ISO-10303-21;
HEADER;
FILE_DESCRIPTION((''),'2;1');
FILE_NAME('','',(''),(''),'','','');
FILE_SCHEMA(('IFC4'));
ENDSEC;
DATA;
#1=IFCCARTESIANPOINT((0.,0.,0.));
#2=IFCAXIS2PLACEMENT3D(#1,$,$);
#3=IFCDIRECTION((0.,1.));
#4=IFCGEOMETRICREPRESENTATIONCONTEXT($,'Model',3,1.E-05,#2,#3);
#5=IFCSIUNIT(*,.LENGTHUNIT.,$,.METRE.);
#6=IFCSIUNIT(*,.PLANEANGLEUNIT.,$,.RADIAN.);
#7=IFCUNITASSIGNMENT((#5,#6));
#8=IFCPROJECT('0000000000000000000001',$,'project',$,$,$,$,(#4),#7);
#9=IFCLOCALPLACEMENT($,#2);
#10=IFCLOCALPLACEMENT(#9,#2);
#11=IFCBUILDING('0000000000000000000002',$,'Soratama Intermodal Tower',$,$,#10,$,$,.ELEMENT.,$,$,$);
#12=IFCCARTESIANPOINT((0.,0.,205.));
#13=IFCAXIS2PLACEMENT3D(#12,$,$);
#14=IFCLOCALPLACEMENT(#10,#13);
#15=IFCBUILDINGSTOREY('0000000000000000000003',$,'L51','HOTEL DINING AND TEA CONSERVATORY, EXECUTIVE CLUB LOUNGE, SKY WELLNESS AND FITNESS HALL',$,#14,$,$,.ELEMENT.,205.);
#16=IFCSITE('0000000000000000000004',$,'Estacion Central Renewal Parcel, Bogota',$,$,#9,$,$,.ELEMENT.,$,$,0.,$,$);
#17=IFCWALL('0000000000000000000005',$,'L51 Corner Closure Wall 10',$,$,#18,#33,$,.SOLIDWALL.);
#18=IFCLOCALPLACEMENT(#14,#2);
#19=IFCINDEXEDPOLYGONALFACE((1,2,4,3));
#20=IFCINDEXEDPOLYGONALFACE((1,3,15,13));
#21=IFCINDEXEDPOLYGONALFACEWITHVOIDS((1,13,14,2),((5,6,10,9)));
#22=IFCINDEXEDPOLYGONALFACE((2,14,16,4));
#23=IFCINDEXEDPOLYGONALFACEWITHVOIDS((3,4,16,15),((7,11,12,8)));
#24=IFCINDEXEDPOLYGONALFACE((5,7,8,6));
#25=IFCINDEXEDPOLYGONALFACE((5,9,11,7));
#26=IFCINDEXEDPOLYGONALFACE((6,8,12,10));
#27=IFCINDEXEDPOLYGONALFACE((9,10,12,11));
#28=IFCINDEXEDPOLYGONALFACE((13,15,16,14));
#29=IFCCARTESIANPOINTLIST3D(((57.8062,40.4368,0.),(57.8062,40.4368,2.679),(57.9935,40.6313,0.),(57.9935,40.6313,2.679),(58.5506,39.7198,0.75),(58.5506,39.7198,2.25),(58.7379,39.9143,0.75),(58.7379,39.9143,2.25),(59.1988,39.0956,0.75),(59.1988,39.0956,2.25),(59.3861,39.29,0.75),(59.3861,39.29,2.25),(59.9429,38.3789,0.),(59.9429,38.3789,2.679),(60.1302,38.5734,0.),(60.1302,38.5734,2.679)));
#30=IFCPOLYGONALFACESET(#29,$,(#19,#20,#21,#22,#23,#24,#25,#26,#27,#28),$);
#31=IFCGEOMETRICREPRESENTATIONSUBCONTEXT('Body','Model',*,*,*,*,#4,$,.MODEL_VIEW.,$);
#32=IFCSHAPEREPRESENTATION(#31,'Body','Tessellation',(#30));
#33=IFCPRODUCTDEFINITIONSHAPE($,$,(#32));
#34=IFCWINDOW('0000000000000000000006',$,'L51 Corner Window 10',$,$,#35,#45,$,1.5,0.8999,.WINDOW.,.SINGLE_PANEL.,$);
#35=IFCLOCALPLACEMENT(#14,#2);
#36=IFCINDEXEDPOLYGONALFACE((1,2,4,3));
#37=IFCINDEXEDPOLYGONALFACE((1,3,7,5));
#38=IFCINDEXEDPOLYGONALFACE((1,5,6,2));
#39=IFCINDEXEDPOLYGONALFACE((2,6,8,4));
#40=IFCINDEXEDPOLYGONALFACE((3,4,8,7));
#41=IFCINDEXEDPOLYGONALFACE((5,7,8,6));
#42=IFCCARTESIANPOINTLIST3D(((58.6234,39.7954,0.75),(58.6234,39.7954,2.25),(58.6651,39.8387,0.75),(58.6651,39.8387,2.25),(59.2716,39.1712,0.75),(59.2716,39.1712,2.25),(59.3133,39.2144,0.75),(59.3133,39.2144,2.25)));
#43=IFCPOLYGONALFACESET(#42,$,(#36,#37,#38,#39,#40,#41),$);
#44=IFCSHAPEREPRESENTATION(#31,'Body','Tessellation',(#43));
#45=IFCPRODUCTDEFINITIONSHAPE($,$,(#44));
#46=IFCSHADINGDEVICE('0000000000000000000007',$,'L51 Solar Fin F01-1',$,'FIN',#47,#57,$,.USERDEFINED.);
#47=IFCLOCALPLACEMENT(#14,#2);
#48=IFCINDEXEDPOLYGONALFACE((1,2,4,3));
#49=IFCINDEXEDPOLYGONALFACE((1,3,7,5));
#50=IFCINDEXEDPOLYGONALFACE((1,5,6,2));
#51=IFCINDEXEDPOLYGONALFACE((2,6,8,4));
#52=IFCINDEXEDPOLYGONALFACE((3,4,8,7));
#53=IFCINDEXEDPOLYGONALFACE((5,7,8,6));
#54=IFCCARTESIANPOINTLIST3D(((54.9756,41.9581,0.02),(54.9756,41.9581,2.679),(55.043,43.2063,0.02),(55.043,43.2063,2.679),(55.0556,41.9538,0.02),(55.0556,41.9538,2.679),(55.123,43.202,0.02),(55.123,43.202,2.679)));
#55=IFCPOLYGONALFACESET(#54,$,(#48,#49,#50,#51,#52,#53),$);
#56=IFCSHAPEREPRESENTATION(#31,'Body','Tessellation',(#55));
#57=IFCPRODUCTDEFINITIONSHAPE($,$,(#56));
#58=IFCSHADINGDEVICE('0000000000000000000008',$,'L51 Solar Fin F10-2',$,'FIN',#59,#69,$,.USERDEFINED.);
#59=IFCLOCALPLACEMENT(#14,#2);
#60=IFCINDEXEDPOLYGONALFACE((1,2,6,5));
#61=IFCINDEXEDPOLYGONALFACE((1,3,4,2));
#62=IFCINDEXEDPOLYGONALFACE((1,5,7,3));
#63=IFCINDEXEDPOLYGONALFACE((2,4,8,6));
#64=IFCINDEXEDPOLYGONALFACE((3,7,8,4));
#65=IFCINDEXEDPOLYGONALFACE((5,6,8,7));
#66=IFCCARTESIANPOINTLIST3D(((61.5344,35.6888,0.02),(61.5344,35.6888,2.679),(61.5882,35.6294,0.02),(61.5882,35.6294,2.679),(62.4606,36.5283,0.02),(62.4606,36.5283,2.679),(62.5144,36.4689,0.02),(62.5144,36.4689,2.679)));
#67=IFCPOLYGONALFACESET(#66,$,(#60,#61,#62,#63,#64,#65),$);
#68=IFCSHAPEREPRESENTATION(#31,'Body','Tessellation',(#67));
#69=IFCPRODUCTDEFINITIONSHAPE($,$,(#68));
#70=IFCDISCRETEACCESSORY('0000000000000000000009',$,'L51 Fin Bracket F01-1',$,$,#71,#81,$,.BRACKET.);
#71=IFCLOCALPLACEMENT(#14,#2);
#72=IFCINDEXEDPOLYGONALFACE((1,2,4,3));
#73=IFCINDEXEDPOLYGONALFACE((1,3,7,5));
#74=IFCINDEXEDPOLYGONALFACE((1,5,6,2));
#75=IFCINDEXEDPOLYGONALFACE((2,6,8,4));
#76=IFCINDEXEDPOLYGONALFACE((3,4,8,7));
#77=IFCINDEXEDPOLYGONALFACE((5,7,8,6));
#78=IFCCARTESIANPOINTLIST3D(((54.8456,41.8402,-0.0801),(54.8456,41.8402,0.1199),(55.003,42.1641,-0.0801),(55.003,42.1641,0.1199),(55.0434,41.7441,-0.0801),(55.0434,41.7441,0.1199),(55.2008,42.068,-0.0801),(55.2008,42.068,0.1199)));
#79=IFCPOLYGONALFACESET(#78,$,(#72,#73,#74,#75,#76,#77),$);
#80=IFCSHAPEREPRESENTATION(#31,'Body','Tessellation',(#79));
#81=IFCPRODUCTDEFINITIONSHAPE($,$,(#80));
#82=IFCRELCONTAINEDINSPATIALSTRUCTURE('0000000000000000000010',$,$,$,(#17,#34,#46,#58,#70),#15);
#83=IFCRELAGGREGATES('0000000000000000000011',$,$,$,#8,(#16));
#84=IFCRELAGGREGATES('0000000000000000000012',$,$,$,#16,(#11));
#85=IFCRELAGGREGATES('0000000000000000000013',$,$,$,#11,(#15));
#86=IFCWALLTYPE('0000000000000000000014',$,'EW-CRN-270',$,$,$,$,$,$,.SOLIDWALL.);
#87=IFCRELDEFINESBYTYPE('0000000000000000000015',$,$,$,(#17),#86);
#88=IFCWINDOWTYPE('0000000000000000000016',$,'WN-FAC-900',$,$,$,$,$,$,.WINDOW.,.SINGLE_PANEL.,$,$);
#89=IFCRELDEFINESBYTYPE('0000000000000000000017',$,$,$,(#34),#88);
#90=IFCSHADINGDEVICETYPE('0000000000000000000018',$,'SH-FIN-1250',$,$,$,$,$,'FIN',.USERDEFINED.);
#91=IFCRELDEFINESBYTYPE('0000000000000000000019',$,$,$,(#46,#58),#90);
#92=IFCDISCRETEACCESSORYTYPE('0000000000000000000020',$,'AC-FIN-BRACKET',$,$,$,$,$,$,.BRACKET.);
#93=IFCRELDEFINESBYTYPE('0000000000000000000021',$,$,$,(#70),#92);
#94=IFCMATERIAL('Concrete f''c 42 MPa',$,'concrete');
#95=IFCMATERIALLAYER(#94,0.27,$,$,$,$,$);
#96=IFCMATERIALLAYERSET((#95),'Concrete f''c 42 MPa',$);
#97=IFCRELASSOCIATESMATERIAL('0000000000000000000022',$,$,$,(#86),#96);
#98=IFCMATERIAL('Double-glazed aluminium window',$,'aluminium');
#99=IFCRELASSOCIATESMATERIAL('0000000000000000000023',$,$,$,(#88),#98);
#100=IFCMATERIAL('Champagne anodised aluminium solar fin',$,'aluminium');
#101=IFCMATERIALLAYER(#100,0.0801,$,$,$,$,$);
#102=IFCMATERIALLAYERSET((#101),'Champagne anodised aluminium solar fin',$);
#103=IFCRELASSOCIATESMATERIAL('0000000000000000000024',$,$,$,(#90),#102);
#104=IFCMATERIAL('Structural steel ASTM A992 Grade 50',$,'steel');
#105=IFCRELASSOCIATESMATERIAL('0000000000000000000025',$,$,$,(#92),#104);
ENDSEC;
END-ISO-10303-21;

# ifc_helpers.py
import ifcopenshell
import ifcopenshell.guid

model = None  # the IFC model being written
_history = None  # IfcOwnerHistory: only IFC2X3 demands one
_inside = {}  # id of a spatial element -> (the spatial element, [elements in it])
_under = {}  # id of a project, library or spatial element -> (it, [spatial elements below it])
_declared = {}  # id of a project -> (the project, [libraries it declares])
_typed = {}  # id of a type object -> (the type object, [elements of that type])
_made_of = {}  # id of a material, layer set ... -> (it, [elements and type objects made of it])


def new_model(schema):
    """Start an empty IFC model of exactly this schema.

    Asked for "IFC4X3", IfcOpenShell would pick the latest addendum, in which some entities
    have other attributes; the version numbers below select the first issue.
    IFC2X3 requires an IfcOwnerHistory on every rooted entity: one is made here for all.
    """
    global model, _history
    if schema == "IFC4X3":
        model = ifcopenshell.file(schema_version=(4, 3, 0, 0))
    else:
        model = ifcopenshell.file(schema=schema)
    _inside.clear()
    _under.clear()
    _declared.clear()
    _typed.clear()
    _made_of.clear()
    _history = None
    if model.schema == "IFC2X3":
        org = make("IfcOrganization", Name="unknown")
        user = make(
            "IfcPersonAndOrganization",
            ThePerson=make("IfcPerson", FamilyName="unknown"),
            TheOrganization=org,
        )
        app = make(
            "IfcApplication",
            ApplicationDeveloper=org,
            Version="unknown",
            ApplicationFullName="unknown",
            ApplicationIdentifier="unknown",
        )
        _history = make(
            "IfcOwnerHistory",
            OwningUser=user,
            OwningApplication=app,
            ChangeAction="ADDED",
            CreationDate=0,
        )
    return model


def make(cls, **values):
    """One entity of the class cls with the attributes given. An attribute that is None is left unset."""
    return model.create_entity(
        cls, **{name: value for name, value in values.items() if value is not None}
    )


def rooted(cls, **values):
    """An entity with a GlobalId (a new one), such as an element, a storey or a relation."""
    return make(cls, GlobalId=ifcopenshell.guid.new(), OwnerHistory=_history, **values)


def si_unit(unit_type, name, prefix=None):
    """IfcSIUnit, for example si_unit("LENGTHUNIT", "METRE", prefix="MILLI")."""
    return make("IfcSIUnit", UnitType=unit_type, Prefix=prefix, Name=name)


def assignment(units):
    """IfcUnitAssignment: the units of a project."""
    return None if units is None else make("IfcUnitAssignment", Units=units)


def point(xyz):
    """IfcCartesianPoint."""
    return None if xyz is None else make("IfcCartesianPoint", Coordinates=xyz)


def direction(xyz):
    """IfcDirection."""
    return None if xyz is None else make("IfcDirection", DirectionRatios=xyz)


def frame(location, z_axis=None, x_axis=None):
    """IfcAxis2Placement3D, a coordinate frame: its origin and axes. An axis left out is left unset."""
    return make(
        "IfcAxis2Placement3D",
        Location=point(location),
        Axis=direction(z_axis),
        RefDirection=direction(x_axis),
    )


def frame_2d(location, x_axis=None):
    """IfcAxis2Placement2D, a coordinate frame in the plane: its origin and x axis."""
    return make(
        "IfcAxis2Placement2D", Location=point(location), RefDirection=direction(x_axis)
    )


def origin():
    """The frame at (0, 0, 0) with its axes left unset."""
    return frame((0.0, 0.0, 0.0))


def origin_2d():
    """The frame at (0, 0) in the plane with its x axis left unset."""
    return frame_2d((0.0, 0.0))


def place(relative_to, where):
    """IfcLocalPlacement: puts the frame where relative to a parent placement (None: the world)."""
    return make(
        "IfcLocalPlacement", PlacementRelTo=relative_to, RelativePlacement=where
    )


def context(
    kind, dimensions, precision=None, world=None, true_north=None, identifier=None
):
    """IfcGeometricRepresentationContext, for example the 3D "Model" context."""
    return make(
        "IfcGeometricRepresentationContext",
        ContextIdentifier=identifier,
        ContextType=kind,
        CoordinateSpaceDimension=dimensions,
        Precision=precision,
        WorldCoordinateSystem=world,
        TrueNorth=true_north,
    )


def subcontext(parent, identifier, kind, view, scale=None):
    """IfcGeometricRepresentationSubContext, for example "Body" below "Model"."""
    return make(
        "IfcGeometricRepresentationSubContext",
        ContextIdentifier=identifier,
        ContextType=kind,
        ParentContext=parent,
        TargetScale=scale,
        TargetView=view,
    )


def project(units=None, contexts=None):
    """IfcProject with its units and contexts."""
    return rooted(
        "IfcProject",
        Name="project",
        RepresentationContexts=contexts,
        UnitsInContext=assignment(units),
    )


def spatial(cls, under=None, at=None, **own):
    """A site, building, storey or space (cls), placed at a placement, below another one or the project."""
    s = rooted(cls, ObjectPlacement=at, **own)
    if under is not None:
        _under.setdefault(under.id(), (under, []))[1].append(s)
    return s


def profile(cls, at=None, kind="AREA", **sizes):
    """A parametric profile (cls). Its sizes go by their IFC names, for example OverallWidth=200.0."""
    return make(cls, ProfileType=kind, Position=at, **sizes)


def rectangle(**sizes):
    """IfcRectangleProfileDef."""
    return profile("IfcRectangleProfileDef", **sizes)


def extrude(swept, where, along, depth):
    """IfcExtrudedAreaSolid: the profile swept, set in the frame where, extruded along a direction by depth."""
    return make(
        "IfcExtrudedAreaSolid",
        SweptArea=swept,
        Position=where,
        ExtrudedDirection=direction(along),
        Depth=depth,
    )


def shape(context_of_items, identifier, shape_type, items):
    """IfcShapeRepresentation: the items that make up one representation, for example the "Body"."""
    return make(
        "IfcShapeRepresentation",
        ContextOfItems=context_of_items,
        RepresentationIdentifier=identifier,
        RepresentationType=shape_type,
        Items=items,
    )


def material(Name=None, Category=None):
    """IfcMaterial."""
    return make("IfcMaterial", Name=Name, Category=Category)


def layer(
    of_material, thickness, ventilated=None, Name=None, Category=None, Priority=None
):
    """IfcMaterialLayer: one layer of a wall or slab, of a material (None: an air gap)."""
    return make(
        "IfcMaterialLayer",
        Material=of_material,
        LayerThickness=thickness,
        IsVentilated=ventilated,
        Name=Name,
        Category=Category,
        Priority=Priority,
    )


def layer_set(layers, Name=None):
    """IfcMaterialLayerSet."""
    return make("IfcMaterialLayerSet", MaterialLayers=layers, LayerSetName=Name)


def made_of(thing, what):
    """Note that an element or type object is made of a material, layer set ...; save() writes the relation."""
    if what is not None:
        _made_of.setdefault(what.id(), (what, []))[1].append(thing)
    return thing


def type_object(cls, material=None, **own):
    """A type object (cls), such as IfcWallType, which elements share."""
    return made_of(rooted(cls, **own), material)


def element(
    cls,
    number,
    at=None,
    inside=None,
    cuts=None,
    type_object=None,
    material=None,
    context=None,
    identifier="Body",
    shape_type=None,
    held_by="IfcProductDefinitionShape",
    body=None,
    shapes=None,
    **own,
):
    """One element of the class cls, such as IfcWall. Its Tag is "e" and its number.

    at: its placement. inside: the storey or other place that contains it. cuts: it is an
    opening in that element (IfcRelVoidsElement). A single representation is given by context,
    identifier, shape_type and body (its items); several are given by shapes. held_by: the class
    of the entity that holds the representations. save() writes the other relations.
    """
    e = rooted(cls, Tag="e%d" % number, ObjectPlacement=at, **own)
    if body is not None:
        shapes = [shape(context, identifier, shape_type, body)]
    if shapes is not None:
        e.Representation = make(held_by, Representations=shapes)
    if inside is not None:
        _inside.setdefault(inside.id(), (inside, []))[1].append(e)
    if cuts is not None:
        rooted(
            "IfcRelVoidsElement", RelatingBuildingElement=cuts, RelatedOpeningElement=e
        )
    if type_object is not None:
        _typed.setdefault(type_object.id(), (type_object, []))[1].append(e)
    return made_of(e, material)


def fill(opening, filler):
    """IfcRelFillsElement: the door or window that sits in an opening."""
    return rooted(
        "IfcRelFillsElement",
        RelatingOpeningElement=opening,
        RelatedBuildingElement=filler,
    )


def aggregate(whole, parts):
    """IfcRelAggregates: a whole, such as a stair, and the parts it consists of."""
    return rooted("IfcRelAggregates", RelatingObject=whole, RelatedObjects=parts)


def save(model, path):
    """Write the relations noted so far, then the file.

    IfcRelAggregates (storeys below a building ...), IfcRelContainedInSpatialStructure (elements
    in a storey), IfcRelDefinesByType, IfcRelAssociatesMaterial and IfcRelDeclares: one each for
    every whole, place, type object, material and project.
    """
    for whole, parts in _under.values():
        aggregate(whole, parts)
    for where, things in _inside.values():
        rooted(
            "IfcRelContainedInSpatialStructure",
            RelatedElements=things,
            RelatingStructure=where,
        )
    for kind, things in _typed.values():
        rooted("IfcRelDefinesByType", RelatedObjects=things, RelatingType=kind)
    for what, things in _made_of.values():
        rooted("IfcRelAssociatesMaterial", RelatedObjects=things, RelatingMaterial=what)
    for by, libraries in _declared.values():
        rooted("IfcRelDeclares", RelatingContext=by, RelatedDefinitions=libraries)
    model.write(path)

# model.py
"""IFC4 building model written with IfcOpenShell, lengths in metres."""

from ifc_helpers import new_model, si_unit, direction, frame, frame_2d, origin, origin_2d, place, context, subcontext, project, spatial, rectangle, extrude, material, layer, layer_set, type_object, element, fill, save


model = new_model("IFC4")

# Units and contexts
model_context = context("Model", 3, precision=1e-05, world=origin(), true_north=direction((0.0, 1.0)))
body_context = subcontext(model_context, "Body", "Model", "MODEL_VIEW")
ifc_project = project(units=[si_unit("LENGTHUNIT", "METRE"), si_unit("PLANEANGLEUNIT", "RADIAN")], contexts=[model_context])

# Site, building, storey
site_placement = place(None, origin())
site = spatial("IfcSite", under=ifc_project, at=site_placement, Name="Estacion Central Renewal Parcel, Bogota", CompositionType="ELEMENT", RefElevation=0.0)
building_placement = place(site_placement, origin())
building = spatial("IfcBuilding", under=site, at=building_placement, Name="Soratama Intermodal Tower", CompositionType="ELEMENT")
storey_placement = place(building_placement, frame((0.0, 0.0, 205.0)))
storey = spatial("IfcBuildingStorey", under=building, at=storey_placement, Name="L51", Description="HOTEL DINING AND TEA CONSERVATORY, EXECUTIVE CLUB LOUNGE, SKY WELLNESS AND FITNESS HALL", CompositionType="ELEMENT", Elevation=205.0)

# Wall, opening, window
ifc_material_1 = material(Name="Concrete f'c 42 MPa", Category="concrete")
ifc_layer_1 = layer(ifc_material_1, 0.27)
ifc_layer_set_1 = layer_set([ifc_layer_1], Name="Concrete f'c 42 MPa")
wall_type = type_object("IfcWallType", Name="EW-CRN-270", PredefinedType="SOLIDWALL", material=ifc_layer_set_1)
wall_placement = place(storey_placement, frame((60.0366, 38.4761, 0.0), z_axis=(0.0, 0.0, 1.0), x_axis=(-0.720273, 0.693691, 0.0)))
wall = element("IfcWall", 1, at=wall_placement, inside=storey, type_object=wall_type, Name="L51 Corner Closure Wall 10", PredefinedType="SOLIDWALL", context=body_context, shape_type="SweptSolid", body=[
    extrude(rectangle(XDim=2.9666, YDim=0.27, at=frame_2d((1.4834, 0.0))), origin(), (0.0, 0.0, 1.0), 2.679),
])
opening_placement = place(wall_placement, frame((1.0332, 0.0, 0.75)))
opening = element("IfcOpeningElement", 2, at=opening_placement, cuts=wall, PredefinedType="OPENING", context=body_context, shape_type="SweptSolid", body=[
    extrude(rectangle(XDim=0.8999, YDim=1.5, at=frame_2d((0.45, 0.75))), frame((0.0, 0.145, 0.0), z_axis=(0.0, -1.0, 0.0), x_axis=(1.0, 0.0, 0.0)), (0.0, 0.0, 1.0), 0.29),
])
ifc_material_2 = material(Name="Double-glazed aluminium window", Category="aluminium")
window_type = type_object("IfcWindowType", Name="WN-FAC-900", PartitioningType="SINGLE_PANEL", PredefinedType="WINDOW", material=ifc_material_2)
window_placement = place(opening_placement, origin())
window = element("IfcWindow", 3, at=window_placement, inside=storey, type_object=window_type, Name="L51 Corner Window 10", OverallHeight=1.5, OverallWidth=0.8999, PartitioningType="SINGLE_PANEL", PredefinedType="WINDOW", context=body_context, shape_type="SweptSolid", body=[
    extrude(rectangle(XDim=0.8999, YDim=1.5, at=frame_2d((0.45, 0.75))), frame((0.0, 0.03, 0.0), z_axis=(0.0, -1.0, 0.0), x_axis=(1.0, 0.0, 0.0)), (0.0, 0.0, 1.0), 0.0601),
])
fill(opening, window)

# Shading devices
ifc_material_3 = material(Name="Champagne anodised aluminium solar fin", Category="aluminium")
ifc_layer_2 = layer(ifc_material_3, 0.0801)
ifc_layer_set_2 = layer_set([ifc_layer_2], Name="Champagne anodised aluminium solar fin")
shading_device_type = type_object("IfcShadingDeviceType", Name="SH-FIN-1250", ElementType="FIN", PredefinedType="USERDEFINED", material=ifc_layer_set_2)
for number, where, z_axis, x_axis, name in (
    (4, (55.0493, 42.5801, 0.02), (0.0, 0.0, 1.0), (0.053905, 0.998546, 0.0), "L51 Solar Fin F01-1"),
    (5, (62.0244, 36.0789, 0.02), (0.0, 0.0, 1.0), (0.740922, 0.671591, 0.0), "L51 Solar Fin F10-2"),
):
    element("IfcShadingDevice", number, at=place(storey_placement, frame(where, z_axis=z_axis, x_axis=x_axis)), inside=storey, type_object=shading_device_type, Name=name, ObjectType="FIN", PredefinedType="USERDEFINED", context=body_context, shape_type="SweptSolid", body=[
        extrude(rectangle(XDim=1.25, YDim=0.0801, at=origin_2d()), origin(), (0.0, 0.0, 1.0), 2.6589),
    ])

# Discrete accessory
ifc_material_4 = material(Name="Structural steel ASTM A992 Grade 50", Category="steel")
discrete_accessory_type = type_object("IfcDiscreteAccessoryType", Name="AC-FIN-BRACKET", PredefinedType="BRACKET", material=ifc_material_4)
discrete_accessory_placement = place(storey_placement, frame((55.0232, 41.9541, -0.0801), z_axis=(0.0, 0.0, 1.0), x_axis=(0.437116, 0.899405, 0.0)))
element("IfcDiscreteAccessory", 6, at=discrete_accessory_placement, inside=storey, type_object=discrete_accessory_type, Name="L51 Fin Bracket F01-1", PredefinedType="BRACKET", context=body_context, shape_type="SweptSolid", body=[
    extrude(rectangle(XDim=0.3601, YDim=0.22, at=origin_2d()), origin(), (0.0, 0.0, 1.0), 0.2),
])

save(model, "model.ifc")
